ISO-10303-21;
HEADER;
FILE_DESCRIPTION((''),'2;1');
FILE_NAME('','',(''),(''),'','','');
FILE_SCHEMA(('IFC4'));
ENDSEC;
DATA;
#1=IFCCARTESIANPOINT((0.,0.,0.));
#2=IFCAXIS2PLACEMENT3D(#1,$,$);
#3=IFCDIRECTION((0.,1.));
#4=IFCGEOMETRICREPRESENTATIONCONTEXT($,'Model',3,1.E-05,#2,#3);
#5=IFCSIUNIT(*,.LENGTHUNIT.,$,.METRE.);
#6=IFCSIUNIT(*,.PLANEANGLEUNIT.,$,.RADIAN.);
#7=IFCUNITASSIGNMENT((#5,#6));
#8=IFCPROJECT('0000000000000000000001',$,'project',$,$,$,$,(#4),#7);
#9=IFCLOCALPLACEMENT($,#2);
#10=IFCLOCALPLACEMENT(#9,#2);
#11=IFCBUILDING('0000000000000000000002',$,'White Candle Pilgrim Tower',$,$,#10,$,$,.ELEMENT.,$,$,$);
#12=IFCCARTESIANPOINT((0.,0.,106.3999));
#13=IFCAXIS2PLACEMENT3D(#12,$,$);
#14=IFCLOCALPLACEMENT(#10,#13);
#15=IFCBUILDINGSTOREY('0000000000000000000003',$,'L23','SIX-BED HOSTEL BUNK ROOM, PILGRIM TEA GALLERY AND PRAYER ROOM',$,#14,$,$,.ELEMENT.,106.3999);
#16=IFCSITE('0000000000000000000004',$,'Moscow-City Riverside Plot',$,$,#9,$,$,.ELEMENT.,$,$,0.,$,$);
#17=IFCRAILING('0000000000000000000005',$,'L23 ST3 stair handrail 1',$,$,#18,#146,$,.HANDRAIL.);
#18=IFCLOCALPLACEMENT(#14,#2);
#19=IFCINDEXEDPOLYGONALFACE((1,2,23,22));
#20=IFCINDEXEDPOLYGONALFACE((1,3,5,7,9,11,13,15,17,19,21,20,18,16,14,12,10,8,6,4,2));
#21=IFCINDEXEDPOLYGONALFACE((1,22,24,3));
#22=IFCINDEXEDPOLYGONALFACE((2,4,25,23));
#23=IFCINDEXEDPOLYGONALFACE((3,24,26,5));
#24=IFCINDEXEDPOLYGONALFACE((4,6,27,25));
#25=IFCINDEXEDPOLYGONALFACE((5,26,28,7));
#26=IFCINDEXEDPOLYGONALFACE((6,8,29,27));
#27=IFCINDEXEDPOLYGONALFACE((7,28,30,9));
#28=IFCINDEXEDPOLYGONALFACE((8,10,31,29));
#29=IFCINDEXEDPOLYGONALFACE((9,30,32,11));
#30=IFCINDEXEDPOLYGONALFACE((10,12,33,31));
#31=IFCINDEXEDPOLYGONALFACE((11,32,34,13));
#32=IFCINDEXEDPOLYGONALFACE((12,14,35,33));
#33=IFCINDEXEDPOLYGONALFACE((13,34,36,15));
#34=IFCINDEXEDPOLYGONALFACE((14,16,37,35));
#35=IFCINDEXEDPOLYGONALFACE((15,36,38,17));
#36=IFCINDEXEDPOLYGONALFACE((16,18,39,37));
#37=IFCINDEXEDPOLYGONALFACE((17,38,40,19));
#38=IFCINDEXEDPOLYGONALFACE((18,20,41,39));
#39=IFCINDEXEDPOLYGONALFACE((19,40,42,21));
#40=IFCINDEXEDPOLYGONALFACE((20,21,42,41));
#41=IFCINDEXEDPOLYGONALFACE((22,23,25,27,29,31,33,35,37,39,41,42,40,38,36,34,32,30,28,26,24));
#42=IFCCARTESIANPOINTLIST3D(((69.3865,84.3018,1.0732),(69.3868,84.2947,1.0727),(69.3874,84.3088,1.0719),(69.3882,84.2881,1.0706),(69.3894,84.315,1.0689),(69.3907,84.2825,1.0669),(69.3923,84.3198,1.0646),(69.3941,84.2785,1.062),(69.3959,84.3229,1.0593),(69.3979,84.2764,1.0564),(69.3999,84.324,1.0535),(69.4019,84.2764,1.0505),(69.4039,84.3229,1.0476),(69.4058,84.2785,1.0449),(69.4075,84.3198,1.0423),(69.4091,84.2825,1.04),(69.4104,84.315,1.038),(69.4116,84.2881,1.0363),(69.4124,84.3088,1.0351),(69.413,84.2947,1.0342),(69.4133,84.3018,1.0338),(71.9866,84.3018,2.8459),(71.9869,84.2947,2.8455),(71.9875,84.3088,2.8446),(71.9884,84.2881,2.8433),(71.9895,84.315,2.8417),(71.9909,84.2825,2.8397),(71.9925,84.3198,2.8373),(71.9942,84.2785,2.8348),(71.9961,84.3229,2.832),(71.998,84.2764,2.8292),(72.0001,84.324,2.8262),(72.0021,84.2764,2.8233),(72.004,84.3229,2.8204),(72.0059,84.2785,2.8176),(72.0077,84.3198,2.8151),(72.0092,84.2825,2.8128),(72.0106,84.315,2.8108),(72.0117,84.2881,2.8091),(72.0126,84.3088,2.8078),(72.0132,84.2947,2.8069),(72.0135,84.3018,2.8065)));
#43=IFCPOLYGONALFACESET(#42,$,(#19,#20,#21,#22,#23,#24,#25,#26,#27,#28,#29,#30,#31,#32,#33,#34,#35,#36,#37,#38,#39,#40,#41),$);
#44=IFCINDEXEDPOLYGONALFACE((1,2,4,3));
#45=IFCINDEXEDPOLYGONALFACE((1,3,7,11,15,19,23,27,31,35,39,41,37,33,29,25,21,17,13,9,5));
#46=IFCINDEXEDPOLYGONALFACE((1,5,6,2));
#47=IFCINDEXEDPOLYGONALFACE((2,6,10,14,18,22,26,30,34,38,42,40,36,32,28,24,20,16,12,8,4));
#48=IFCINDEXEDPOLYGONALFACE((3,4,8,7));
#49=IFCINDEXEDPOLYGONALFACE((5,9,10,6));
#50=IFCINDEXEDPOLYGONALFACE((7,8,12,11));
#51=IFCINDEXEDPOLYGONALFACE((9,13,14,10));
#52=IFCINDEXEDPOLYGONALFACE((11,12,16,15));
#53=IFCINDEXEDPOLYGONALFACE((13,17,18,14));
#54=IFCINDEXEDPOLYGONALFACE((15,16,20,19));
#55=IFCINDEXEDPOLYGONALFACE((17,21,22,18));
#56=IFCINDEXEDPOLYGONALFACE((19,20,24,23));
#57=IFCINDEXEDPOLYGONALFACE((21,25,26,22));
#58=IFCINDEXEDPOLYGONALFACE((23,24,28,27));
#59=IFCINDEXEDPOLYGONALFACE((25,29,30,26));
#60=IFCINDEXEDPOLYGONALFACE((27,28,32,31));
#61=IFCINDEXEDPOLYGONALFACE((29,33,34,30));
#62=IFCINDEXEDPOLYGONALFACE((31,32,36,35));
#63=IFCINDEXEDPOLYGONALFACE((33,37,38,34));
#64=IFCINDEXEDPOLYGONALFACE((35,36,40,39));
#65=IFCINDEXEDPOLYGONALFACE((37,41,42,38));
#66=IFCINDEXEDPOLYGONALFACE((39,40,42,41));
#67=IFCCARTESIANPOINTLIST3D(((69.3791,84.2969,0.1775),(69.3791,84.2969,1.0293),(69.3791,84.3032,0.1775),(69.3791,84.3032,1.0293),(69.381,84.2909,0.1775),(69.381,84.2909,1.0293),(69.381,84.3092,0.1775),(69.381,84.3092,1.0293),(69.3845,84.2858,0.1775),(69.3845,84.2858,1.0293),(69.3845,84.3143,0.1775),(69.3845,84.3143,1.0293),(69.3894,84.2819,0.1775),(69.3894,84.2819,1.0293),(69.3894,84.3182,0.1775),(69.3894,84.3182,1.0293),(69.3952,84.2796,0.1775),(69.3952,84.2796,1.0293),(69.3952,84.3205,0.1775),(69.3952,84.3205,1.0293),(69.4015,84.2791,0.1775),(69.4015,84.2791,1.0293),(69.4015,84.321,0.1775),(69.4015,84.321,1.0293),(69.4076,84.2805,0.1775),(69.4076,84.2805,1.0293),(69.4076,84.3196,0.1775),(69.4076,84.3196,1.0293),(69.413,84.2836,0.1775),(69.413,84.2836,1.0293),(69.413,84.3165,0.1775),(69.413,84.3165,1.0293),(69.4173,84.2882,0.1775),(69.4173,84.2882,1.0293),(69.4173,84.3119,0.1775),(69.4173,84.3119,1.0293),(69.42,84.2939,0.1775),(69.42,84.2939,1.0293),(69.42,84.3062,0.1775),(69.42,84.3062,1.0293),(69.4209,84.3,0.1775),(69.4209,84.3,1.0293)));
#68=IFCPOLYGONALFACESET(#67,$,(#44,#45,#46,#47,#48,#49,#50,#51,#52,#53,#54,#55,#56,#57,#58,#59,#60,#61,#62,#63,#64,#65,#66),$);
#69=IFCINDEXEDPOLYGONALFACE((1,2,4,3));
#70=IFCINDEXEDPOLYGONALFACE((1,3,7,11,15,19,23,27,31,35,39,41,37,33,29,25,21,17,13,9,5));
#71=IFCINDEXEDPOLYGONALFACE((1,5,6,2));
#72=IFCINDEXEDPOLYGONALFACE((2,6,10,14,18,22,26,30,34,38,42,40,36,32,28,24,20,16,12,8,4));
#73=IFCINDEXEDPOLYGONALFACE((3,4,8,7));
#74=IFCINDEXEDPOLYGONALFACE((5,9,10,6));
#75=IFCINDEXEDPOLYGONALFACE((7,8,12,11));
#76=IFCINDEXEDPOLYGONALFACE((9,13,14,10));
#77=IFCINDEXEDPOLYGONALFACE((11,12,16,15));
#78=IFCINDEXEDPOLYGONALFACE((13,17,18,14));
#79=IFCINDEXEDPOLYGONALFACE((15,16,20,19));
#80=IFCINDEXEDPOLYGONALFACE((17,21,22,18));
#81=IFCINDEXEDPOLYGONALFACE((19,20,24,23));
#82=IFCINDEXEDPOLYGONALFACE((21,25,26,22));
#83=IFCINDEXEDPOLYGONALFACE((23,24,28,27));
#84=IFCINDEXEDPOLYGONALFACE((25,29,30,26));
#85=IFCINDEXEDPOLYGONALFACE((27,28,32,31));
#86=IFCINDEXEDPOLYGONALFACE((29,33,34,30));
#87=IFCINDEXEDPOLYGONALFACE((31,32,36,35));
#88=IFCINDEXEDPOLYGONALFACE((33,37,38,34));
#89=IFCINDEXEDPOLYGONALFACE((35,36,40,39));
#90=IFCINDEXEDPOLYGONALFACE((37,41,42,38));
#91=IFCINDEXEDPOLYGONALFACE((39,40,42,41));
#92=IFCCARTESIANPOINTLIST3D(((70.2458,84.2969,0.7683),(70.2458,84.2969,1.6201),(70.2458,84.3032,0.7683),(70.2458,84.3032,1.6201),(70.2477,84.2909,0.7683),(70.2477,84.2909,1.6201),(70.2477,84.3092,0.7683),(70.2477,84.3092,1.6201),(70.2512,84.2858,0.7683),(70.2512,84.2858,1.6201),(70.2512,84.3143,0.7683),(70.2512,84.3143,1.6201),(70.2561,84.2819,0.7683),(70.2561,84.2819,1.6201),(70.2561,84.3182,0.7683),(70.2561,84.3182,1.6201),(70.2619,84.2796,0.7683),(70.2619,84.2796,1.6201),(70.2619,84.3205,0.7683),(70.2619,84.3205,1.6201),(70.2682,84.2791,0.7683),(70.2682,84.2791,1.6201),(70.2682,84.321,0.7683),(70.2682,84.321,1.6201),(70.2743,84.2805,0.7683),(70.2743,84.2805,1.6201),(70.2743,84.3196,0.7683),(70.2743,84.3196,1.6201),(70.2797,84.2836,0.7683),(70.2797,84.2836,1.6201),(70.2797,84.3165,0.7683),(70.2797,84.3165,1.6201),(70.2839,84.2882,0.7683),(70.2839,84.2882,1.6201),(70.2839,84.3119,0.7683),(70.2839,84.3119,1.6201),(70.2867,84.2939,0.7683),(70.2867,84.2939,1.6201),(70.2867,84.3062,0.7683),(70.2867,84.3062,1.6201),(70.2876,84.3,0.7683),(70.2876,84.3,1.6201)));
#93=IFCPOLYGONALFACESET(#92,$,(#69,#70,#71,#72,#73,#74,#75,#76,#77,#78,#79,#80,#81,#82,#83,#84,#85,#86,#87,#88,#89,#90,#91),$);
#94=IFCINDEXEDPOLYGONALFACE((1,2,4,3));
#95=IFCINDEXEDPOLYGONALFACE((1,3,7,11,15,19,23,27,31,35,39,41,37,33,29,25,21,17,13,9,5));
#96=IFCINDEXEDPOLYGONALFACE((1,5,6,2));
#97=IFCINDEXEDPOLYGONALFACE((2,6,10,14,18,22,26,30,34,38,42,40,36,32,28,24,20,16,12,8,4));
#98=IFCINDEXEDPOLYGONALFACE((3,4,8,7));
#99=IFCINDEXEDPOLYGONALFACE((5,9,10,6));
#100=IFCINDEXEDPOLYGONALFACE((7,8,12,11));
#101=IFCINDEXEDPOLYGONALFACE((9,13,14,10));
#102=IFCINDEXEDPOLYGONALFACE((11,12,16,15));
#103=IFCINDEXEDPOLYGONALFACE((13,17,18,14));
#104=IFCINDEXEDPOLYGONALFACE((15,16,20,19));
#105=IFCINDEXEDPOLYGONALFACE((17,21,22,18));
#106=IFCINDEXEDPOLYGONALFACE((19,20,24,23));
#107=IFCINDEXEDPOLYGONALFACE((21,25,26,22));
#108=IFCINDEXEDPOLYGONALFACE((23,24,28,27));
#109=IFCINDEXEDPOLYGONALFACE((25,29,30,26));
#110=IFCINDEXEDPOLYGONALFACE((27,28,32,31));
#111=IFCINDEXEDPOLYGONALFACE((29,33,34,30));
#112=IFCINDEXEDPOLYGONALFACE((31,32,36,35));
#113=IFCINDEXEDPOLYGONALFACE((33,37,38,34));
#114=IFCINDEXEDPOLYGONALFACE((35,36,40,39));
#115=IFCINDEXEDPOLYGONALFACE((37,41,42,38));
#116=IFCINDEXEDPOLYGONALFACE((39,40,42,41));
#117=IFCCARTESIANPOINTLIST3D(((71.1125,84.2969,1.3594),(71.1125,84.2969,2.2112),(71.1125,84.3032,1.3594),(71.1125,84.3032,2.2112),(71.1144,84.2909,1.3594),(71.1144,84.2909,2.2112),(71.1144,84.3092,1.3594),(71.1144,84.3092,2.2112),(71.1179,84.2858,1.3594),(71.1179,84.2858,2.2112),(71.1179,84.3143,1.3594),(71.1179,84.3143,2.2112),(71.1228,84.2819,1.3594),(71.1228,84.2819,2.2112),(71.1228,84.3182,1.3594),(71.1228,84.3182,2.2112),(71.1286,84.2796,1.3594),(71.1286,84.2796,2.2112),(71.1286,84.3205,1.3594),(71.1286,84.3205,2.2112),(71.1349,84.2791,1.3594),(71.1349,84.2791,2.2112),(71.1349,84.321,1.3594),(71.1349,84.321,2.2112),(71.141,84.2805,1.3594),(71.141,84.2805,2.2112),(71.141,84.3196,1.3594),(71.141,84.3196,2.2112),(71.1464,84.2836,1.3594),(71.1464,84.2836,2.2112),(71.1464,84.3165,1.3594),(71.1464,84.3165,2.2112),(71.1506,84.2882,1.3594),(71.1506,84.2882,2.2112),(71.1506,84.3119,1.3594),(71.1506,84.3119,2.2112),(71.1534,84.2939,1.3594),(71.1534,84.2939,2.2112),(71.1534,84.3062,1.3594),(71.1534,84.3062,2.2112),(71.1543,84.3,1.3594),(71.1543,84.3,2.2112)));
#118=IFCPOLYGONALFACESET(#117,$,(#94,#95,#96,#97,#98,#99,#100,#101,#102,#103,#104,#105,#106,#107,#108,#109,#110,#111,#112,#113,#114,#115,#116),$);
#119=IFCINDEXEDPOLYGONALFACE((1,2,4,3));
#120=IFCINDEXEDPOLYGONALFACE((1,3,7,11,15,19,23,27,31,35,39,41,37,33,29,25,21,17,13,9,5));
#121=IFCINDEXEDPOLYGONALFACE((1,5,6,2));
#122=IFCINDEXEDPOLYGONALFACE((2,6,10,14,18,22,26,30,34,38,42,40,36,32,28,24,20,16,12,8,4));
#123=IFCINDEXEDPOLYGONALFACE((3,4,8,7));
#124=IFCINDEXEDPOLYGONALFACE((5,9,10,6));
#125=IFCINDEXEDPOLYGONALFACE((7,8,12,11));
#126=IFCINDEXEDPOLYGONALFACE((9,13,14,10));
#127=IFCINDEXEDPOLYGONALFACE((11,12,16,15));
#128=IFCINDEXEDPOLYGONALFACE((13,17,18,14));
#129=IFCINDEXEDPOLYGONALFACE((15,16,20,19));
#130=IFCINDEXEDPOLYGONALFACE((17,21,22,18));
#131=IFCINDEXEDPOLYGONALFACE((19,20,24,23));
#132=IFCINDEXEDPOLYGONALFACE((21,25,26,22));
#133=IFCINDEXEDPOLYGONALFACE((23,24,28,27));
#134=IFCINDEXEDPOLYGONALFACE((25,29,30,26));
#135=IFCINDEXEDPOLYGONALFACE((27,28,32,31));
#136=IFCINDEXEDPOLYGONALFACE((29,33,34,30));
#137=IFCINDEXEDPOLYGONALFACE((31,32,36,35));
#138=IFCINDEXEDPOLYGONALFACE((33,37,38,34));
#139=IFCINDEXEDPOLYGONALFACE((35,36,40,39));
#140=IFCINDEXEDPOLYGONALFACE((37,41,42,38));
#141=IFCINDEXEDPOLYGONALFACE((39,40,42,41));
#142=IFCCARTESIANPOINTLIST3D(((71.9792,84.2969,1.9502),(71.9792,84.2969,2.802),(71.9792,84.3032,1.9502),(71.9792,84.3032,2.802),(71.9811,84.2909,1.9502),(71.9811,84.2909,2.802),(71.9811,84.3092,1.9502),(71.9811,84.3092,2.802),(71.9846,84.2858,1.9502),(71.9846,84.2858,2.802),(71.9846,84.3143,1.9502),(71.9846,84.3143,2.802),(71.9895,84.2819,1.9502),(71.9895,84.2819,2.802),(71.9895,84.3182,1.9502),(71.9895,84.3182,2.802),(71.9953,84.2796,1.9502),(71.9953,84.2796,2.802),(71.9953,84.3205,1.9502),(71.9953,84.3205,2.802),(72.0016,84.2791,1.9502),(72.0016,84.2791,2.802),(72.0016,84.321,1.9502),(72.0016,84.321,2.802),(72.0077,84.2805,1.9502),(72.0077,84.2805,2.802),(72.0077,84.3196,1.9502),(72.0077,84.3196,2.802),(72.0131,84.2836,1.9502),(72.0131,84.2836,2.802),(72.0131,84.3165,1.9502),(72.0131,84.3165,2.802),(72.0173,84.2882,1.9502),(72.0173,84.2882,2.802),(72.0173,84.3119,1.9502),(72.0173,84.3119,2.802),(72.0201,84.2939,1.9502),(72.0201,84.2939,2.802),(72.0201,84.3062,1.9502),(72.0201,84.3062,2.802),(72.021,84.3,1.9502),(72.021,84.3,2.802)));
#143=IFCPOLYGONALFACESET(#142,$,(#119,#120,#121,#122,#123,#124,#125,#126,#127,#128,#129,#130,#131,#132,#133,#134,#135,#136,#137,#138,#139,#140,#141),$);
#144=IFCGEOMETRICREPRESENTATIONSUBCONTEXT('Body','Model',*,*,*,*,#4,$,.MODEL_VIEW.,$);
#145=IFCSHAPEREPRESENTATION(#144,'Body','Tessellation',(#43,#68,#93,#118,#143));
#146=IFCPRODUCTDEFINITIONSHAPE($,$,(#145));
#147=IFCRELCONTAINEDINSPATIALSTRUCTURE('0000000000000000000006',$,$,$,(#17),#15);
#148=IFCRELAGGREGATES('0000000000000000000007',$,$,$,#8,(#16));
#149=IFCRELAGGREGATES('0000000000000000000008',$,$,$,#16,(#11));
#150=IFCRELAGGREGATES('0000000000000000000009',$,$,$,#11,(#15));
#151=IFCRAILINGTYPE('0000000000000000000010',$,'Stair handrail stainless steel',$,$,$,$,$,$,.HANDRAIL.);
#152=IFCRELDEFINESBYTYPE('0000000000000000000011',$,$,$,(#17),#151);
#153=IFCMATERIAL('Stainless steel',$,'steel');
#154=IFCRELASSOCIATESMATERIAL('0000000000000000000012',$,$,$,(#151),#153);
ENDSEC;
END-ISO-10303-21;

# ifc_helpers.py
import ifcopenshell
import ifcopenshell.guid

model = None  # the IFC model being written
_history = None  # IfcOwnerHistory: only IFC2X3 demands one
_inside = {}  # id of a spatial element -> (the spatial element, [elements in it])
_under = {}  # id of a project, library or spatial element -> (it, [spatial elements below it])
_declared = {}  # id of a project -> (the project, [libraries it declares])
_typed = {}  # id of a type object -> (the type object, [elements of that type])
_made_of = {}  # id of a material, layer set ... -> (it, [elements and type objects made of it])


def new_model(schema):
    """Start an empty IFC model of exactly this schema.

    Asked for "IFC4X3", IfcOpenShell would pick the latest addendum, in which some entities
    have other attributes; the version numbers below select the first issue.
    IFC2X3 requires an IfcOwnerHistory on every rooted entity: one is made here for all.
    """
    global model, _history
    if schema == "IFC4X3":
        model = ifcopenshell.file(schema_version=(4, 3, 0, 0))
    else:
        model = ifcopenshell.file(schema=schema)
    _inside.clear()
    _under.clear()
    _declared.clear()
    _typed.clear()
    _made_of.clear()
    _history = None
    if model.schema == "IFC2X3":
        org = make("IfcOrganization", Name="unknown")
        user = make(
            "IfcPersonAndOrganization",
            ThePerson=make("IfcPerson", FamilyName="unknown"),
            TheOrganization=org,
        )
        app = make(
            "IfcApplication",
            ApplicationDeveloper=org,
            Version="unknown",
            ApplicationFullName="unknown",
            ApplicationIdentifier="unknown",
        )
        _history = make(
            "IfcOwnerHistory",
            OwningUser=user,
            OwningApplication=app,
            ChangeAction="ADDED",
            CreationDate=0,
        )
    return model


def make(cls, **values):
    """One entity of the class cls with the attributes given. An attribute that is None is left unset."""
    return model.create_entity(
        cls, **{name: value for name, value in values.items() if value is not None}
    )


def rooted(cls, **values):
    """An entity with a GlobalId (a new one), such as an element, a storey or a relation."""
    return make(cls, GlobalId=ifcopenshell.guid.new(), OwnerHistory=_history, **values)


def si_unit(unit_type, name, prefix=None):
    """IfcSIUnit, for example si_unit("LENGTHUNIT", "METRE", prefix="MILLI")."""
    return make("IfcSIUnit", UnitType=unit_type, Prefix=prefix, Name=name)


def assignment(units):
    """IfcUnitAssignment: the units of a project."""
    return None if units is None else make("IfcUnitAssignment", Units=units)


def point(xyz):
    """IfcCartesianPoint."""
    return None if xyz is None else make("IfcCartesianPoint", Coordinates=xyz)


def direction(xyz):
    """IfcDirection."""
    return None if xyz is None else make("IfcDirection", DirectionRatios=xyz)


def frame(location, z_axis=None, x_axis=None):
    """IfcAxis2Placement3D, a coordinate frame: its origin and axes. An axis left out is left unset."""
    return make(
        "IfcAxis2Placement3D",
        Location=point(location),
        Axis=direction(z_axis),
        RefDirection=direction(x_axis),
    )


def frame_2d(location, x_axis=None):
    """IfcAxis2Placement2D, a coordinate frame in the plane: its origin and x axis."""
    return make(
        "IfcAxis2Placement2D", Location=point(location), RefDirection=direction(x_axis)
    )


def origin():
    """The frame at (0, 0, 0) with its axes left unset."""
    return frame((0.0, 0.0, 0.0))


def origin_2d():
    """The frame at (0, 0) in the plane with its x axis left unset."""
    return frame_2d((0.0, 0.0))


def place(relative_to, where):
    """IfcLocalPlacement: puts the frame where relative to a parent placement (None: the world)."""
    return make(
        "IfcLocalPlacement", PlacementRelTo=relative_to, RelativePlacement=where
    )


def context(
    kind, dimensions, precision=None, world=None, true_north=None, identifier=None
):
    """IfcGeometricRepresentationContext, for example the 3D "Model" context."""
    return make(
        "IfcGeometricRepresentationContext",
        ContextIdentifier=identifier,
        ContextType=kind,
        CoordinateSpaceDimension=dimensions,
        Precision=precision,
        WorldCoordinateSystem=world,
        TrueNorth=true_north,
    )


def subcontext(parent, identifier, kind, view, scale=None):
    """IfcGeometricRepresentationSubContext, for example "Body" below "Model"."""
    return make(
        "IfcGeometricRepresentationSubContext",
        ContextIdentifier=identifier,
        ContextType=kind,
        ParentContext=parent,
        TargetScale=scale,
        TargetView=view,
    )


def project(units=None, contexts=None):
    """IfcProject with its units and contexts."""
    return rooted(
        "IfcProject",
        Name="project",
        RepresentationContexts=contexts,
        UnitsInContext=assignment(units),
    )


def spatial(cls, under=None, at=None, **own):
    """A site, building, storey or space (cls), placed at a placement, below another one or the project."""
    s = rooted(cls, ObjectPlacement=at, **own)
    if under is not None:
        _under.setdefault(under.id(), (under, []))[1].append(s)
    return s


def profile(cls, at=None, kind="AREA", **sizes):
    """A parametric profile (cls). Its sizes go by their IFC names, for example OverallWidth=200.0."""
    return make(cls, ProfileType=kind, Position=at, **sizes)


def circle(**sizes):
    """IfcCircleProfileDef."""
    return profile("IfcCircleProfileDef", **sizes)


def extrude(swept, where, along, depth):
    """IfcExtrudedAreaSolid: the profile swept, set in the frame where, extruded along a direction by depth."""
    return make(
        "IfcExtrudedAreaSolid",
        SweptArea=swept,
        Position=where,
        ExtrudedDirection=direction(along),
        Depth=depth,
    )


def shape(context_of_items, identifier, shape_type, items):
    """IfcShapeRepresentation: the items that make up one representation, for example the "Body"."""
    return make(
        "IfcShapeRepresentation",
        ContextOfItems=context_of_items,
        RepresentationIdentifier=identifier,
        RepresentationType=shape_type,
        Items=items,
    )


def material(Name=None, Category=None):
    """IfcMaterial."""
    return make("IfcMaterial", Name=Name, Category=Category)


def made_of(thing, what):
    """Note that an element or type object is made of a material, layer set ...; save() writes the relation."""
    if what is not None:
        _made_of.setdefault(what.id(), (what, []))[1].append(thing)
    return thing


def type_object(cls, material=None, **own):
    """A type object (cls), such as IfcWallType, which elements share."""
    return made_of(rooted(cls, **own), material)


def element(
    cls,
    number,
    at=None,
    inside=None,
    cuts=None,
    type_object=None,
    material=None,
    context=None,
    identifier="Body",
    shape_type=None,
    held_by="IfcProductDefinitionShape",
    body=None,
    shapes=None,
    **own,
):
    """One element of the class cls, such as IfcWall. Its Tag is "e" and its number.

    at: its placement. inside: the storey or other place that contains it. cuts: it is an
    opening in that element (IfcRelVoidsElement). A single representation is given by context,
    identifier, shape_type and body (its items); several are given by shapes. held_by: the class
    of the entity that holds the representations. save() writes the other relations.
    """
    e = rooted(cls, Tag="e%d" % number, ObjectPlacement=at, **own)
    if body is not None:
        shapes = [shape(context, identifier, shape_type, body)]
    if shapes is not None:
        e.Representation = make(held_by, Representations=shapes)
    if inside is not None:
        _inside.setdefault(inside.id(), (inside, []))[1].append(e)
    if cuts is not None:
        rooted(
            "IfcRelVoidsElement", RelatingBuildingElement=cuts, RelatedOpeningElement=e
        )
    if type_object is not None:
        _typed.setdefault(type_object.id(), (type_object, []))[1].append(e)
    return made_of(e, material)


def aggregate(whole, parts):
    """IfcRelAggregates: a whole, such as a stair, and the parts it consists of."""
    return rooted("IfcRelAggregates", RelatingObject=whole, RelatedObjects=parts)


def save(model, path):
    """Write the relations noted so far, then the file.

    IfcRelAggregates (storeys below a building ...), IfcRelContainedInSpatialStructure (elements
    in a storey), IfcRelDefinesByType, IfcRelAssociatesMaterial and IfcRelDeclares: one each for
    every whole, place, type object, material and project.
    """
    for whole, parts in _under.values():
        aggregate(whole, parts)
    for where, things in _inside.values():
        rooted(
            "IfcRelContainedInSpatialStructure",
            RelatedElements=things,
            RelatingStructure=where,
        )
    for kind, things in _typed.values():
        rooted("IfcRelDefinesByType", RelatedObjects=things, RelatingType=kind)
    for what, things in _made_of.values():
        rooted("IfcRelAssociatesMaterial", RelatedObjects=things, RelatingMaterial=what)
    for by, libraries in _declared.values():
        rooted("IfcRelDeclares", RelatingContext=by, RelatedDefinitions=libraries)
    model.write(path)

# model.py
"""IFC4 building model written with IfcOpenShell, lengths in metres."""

from ifc_helpers import new_model, si_unit, direction, frame, origin, origin_2d, place, context, subcontext, project, spatial, circle, extrude, material, type_object, element, save


model = new_model("IFC4")

# Units and contexts
model_context = context("Model", 3, precision=1e-05, world=origin(), true_north=direction((0.0, 1.0)))
body_context = subcontext(model_context, "Body", "Model", "MODEL_VIEW")
ifc_project = project(units=[si_unit("LENGTHUNIT", "METRE"), si_unit("PLANEANGLEUNIT", "RADIAN")], contexts=[model_context])

# Site, building, storey
site_placement = place(None, origin())
site = spatial("IfcSite", under=ifc_project, at=site_placement, Name="Moscow-City Riverside Plot", CompositionType="ELEMENT", RefElevation=0.0)
building_placement = place(site_placement, origin())
building = spatial("IfcBuilding", under=site, at=building_placement, Name="White Candle Pilgrim Tower", CompositionType="ELEMENT")
storey_placement = place(building_placement, frame((0.0, 0.0, 106.3999)))
storey = spatial("IfcBuildingStorey", under=building, at=storey_placement, Name="L23", Description="SIX-BED HOSTEL BUNK ROOM, PILGRIM TEA GALLERY AND PRAYER ROOM", CompositionType="ELEMENT", Elevation=106.3999)

# Railing
ifc_material_1 = material(Name="Stainless steel", Category="steel")
railing_type_1 = type_object("IfcRailingType", Name="Stair handrail stainless steel", PredefinedType="HANDRAIL", material=ifc_material_1)
railing_1_placement = place(storey_placement, frame((69.3999, 84.3, 0.1775)))
element("IfcRailing", 1, at=railing_1_placement, inside=storey, type_object=railing_type_1, Name="L23 ST3 stair handrail 1", PredefinedType="HANDRAIL", context=body_context, shape_type="SweptSolid", body=[
    extrude(circle(Radius=0.0239, at=origin_2d()), frame((0.0, 0.0, 0.876), z_axis=(0.82624, 0.0, 0.563318), x_axis=(0.0, 1.0, 0.0)), (0.0, 0.0, 1.0), 3.147),
    extrude(circle(Radius=0.021, at=origin_2d()), origin(), (0.0, 0.0, 1.0), 0.8518),
    extrude(circle(Radius=0.021, at=origin_2d()), frame((0.8667, 0.0, 0.5908)), (0.0, 0.0, 1.0), 0.8518),
    extrude(circle(Radius=0.021, at=origin_2d()), frame((1.7334, 0.0, 1.1819)), (0.0, 0.0, 1.0), 0.8518),
    extrude(circle(Radius=0.021, at=origin_2d()), frame((2.6001, 0.0, 1.7727)), (0.0, 0.0, 1.0), 0.8518),
])

save(model, "model.ifc")
